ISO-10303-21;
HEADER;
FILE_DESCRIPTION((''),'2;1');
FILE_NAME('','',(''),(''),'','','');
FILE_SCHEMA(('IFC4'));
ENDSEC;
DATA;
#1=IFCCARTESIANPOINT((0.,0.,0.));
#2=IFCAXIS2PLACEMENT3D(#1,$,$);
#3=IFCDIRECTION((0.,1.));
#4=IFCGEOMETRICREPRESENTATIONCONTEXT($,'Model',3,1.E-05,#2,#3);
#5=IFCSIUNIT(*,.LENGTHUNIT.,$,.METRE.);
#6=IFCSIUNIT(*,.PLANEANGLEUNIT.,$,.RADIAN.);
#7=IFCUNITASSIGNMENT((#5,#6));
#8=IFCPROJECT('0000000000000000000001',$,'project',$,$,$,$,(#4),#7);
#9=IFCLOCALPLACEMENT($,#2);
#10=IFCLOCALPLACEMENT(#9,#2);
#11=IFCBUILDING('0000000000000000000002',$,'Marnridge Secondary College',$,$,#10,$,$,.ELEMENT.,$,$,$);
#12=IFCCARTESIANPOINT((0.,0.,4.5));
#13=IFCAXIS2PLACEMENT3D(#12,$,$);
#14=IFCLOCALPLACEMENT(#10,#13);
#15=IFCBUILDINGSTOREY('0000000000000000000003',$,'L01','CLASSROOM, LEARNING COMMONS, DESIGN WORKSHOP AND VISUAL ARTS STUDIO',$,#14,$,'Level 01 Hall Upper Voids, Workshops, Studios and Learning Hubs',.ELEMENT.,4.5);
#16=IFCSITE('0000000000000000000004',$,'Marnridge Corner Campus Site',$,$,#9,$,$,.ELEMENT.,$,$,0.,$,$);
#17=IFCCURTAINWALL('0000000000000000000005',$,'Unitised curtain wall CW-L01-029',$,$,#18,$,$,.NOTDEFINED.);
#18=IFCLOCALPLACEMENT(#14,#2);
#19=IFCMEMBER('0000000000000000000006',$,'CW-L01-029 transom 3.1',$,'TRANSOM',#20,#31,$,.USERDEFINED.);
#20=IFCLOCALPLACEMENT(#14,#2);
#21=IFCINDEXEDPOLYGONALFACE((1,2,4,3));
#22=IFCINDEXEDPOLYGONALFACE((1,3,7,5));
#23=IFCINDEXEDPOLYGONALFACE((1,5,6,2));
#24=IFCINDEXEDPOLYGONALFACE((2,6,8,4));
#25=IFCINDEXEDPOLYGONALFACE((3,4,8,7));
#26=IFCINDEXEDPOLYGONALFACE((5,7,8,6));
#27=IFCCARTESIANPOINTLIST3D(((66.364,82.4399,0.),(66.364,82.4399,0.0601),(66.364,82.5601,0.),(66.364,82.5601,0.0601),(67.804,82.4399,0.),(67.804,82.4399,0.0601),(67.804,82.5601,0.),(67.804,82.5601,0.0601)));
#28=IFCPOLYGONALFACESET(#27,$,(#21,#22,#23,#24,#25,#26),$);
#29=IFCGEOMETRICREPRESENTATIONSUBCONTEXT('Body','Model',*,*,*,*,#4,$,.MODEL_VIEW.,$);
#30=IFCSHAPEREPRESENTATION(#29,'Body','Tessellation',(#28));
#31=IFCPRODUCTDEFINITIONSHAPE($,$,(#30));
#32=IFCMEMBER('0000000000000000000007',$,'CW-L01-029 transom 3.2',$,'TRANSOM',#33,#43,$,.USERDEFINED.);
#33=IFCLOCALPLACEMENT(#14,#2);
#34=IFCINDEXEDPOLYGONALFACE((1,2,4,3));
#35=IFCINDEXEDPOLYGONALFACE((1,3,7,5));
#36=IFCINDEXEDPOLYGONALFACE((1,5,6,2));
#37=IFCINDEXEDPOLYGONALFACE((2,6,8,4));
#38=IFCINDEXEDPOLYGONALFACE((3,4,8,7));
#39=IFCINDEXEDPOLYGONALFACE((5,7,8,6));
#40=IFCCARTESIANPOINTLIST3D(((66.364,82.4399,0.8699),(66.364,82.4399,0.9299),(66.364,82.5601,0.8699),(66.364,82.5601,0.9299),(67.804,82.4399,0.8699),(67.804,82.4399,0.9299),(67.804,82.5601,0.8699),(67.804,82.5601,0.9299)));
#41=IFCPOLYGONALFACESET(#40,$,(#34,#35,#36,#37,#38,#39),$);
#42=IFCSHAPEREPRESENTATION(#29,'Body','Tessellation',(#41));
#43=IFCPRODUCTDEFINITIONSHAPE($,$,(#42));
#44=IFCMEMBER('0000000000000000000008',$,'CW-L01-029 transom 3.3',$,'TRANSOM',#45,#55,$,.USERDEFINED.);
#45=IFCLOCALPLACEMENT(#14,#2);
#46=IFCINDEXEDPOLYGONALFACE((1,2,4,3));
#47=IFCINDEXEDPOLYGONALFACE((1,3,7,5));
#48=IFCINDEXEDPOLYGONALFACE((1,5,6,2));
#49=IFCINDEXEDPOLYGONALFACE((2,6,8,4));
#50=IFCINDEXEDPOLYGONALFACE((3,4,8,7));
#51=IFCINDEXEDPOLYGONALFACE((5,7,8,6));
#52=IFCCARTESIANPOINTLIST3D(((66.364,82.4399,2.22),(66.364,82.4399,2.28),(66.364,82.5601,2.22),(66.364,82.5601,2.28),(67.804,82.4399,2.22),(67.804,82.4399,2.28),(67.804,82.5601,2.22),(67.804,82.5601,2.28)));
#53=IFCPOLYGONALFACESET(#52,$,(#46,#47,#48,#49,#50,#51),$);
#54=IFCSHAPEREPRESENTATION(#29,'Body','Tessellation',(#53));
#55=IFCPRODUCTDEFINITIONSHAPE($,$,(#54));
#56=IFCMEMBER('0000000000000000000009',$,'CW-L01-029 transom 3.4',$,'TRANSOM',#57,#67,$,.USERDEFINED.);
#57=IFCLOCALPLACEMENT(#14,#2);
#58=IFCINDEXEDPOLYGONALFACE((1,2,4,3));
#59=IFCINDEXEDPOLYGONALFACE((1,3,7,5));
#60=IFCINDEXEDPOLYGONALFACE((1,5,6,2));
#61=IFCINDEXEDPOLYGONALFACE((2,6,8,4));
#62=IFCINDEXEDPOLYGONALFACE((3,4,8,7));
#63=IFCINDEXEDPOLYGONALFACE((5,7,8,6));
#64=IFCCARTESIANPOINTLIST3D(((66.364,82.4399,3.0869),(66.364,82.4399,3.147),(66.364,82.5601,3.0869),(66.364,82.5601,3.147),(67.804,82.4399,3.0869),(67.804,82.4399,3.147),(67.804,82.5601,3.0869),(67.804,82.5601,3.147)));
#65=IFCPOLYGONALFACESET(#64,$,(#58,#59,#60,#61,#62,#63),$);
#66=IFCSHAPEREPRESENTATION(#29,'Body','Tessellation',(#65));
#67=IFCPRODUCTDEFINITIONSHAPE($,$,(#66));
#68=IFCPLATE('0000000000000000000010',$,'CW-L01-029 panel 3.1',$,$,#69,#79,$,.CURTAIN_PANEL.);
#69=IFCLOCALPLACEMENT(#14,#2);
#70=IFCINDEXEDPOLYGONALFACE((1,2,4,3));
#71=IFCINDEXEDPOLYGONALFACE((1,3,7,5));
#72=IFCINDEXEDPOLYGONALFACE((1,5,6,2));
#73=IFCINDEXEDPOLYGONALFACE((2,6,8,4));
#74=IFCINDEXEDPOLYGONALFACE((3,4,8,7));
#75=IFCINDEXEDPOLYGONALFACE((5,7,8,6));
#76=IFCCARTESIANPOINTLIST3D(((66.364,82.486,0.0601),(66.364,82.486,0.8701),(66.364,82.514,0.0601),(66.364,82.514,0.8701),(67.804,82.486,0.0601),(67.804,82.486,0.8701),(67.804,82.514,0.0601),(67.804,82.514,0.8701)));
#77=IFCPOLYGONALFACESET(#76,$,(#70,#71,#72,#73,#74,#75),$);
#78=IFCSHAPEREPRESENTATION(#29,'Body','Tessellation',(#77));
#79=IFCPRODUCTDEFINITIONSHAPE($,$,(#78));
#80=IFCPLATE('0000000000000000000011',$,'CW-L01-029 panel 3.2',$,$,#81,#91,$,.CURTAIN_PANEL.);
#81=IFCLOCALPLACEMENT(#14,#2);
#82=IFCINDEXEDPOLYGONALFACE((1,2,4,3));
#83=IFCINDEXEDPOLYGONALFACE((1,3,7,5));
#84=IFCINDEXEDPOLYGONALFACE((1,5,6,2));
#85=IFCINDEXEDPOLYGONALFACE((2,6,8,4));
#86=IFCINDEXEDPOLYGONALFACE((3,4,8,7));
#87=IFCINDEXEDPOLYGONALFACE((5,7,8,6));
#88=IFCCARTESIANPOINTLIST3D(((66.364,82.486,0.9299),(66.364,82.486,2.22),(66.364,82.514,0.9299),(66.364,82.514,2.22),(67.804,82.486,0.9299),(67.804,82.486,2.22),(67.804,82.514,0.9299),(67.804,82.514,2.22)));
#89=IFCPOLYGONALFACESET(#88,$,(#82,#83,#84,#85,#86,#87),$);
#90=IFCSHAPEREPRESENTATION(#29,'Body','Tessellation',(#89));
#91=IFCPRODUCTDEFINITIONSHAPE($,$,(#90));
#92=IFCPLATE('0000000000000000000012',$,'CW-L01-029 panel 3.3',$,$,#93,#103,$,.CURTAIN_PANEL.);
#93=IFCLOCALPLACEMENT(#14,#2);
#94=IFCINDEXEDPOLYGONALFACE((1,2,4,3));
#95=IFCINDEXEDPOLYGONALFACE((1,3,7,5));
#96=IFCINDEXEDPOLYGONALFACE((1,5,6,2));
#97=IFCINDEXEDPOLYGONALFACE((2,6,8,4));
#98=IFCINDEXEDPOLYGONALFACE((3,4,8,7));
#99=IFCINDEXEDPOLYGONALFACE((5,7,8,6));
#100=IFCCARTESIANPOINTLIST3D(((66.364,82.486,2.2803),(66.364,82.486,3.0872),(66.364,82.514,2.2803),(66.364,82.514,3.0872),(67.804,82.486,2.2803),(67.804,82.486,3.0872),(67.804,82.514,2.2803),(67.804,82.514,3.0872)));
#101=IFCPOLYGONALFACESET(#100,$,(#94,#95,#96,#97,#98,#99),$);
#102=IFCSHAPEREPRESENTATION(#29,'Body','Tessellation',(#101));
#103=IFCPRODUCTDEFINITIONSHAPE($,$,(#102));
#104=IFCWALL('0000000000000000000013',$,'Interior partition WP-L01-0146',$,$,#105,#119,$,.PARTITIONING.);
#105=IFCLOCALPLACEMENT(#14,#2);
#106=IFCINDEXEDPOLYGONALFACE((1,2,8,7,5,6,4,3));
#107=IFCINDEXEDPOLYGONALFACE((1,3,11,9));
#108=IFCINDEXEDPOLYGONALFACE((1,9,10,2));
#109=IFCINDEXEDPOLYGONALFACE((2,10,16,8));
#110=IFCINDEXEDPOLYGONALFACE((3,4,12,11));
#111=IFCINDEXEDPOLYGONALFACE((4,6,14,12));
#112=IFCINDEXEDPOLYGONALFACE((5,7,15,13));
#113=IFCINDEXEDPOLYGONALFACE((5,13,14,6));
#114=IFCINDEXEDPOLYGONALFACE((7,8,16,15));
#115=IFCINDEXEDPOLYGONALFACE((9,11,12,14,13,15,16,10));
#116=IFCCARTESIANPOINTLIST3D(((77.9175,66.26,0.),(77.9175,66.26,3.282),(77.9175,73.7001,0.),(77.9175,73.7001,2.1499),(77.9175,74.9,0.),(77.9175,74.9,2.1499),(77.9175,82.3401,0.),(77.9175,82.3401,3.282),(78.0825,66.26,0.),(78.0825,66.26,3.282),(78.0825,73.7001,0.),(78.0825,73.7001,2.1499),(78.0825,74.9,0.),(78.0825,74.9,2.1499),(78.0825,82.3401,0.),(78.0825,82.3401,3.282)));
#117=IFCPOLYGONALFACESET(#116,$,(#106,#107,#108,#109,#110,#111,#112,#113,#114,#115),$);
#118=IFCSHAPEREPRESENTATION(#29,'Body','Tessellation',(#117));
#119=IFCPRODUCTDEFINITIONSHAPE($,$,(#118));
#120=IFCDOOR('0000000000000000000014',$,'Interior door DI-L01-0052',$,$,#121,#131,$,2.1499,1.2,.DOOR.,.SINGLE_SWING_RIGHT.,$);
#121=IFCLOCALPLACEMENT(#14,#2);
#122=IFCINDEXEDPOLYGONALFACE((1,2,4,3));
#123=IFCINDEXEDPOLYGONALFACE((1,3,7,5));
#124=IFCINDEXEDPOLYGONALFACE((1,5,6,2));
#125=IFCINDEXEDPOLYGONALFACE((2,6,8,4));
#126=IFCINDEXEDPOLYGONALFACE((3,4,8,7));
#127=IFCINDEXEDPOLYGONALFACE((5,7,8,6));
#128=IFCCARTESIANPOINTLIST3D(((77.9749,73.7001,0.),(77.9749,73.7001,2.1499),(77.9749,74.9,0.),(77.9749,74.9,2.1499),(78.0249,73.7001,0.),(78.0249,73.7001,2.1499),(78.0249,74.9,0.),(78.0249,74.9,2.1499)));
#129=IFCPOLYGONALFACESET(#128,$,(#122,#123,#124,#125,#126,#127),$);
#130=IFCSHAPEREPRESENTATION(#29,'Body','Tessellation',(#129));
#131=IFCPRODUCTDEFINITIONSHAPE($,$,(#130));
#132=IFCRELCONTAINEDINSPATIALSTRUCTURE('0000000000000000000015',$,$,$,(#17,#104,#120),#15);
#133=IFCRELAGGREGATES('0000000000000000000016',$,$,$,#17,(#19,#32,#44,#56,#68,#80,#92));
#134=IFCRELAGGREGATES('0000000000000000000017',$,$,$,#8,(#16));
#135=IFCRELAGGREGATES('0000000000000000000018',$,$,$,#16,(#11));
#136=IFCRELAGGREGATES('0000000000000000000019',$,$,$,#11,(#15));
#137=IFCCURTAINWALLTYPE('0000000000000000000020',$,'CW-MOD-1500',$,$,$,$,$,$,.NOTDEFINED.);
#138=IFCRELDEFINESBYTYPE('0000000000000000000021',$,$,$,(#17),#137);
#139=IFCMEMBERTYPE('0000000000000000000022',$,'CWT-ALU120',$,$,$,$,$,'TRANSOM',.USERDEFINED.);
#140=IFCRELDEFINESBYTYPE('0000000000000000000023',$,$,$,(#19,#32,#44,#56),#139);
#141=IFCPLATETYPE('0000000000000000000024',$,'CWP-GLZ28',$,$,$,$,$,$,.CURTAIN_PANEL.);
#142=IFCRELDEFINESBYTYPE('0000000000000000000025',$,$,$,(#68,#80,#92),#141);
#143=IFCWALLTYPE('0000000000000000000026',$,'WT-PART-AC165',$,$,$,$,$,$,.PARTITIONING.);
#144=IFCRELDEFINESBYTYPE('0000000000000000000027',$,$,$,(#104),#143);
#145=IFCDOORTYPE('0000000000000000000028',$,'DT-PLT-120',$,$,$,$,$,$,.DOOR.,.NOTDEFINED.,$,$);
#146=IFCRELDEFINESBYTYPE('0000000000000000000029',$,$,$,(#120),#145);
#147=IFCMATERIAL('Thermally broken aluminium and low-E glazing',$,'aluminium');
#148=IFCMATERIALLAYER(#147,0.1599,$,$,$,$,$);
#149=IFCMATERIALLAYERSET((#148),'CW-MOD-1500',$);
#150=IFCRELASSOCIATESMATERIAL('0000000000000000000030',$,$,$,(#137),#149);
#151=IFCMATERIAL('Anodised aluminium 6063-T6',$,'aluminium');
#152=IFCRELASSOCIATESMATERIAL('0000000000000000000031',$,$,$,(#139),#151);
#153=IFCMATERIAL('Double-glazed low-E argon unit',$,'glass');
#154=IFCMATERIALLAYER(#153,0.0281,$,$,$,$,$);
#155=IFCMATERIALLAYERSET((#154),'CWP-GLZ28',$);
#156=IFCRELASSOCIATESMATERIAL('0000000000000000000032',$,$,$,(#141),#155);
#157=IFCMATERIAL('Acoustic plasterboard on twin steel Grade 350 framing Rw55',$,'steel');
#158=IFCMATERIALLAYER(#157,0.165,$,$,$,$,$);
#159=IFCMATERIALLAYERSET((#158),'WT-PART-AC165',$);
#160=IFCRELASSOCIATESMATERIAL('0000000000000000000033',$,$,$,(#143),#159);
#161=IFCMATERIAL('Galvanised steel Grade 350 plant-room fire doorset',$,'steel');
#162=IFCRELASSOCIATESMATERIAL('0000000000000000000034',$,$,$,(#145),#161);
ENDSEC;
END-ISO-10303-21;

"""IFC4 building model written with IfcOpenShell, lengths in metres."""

from ifc_helpers import new_model, si_unit, direction, frame, frame_2d, origin, origin_2d, place, context, subcontext, project, spatial, rectangle, extrude, material, layer, layer_set, material_profile, profile_set, type_object, element, fill, aggregate, save


model = new_model("IFC4")

# Units and contexts
model_context = context("Model", 3, precision=1e-05, world=origin(), true_north=direction((0.0, 1.0)))
body_context = subcontext(model_context, "Body", "Model", "MODEL_VIEW")
ifc_project = project(units=[si_unit("LENGTHUNIT", "METRE"), si_unit("PLANEANGLEUNIT", "RADIAN")], contexts=[model_context])

# Site, building, storey
site_placement = place(None, origin())
site = spatial("IfcSite", under=ifc_project, at=site_placement, Name="Marnridge Corner Campus Site", CompositionType="ELEMENT", RefElevation=0.0)
building_placement = place(site_placement, origin())
building = spatial("IfcBuilding", under=site, at=building_placement, Name="Marnridge Secondary College", CompositionType="ELEMENT")
storey_placement = place(building_placement, frame((0.0, 0.0, 4.5)))
storey = spatial("IfcBuildingStorey", under=building, at=storey_placement, Name="L01", Description="CLASSROOM, LEARNING COMMONS, DESIGN WORKSHOP AND VISUAL ARTS STUDIO", LongName="Level 01 Hall Upper Voids, Workshops, Studios and Learning Hubs", CompositionType="ELEMENT", Elevation=4.5)

# Curtain wall, members, plates
ifc_material_1 = material(Name="Thermally broken aluminium and low-E glazing", Category="aluminium")
ifc_layer_1 = layer(ifc_material_1, 0.1599)
ifc_layer_set_1 = layer_set([ifc_layer_1], Name="CW-MOD-1500")
curtain_wall_type = type_object("IfcCurtainWallType", Name="CW-MOD-1500", PredefinedType="NOTDEFINED", material=ifc_layer_set_1)
curtain_wall_placement = place(storey_placement, origin())
curtain_wall = element("IfcCurtainWall", 1, at=curtain_wall_placement, inside=storey, type_object=curtain_wall_type, Name="Unitised curtain wall CW-L01-029", PredefinedType="NOTDEFINED")
ifc_material_2 = material(Name="Anodised aluminium 6063-T6", Category="aluminium")
ifc_material_profile_1 = material_profile(ifc_material_2, rectangle(XDim=0.0601, YDim=0.1201, at=origin_2d()), Name="ALU 60x120")
ifc_profile_set_1 = profile_set([ifc_material_profile_1], Name="Anodised aluminium 6063-T6")
member_type_1 = type_object("IfcMemberType", Name="CWT-ALU120", ElementType="TRANSOM", PredefinedType="USERDEFINED", material=ifc_profile_set_1)
member_1_placement = place(storey_placement, frame((66.364, 82.5, 0.03), z_axis=(1.0, 0.0, 0.0), x_axis=(0.0, 0.0, 1.0)))
member_1 = element("IfcMember", 2, at=member_1_placement, type_object=member_type_1, Name="CW-L01-029 transom 3.1", ObjectType="TRANSOM", PredefinedType="USERDEFINED", context=body_context, shape_type="SweptSolid", body=[
    extrude(rectangle(XDim=0.0601, YDim=0.1201, at=origin_2d()), origin(), (0.0, 0.0, 1.0), 1.4399),
])
member_2_placement = place(storey_placement, frame((66.364, 82.5, 0.8999), z_axis=(1.0, 0.0, 0.0), x_axis=(0.0, 0.0, 1.0)))
member_2 = element("IfcMember", 3, at=member_2_placement, type_object=member_type_1, Name="CW-L01-029 transom 3.2", ObjectType="TRANSOM", PredefinedType="USERDEFINED", context=body_context, shape_type="SweptSolid", body=[
    extrude(rectangle(XDim=0.0601, YDim=0.1201, at=origin_2d()), origin(), (0.0, 0.0, 1.0), 1.4399),
])
member_3_placement = place(storey_placement, frame((66.364, 82.5, 2.25), z_axis=(1.0, 0.0, 0.0), x_axis=(0.0, 0.0, 1.0)))
member_3 = element("IfcMember", 4, at=member_3_placement, type_object=member_type_1, Name="CW-L01-029 transom 3.3", ObjectType="TRANSOM", PredefinedType="USERDEFINED", context=body_context, shape_type="SweptSolid", body=[
    extrude(rectangle(XDim=0.0601, YDim=0.1201, at=origin_2d()), origin(), (0.0, 0.0, 1.0), 1.4399),
])
member_4_placement = place(storey_placement, frame((66.364, 82.5, 3.1169), z_axis=(1.0, 0.0, 0.0), x_axis=(0.0, 0.0, 1.0)))
member_4 = element("IfcMember", 5, at=member_4_placement, type_object=member_type_1, Name="CW-L01-029 transom 3.4", ObjectType="TRANSOM", PredefinedType="USERDEFINED", context=body_context, shape_type="SweptSolid", body=[
    extrude(rectangle(XDim=0.0601, YDim=0.1201, at=origin_2d()), origin(), (0.0, 0.0, 1.0), 1.4399),
])
ifc_material_3 = material(Name="Double-glazed low-E argon unit", Category="glass")
ifc_layer_2 = layer(ifc_material_3, 0.0281)
ifc_layer_set_2 = layer_set([ifc_layer_2], Name="CWP-GLZ28")
plate_type = type_object("IfcPlateType", Name="CWP-GLZ28", PredefinedType="CURTAIN_PANEL", material=ifc_layer_set_2)
plate_1_placement = place(storey_placement, frame((67.084, 82.5, 0.0601), z_axis=(0.0, 0.0, 1.0), x_axis=(1.0, 0.0, 0.0)))
plate_1 = element("IfcPlate", 6, at=plate_1_placement, type_object=plate_type, Name="CW-L01-029 panel 3.1", PredefinedType="CURTAIN_PANEL", context=body_context, shape_type="SweptSolid", body=[
    extrude(rectangle(XDim=1.4399, YDim=0.0281, at=origin_2d()), origin(), (0.0, 0.0, 1.0), 0.8101),
])
plate_2_placement = place(storey_placement, frame((67.084, 82.5, 0.9299), z_axis=(0.0, 0.0, 1.0), x_axis=(1.0, 0.0, 0.0)))
plate_2 = element("IfcPlate", 7, at=plate_2_placement, type_object=plate_type, Name="CW-L01-029 panel 3.2", PredefinedType="CURTAIN_PANEL", context=body_context, shape_type="SweptSolid", body=[
    extrude(rectangle(XDim=1.4399, YDim=0.0281, at=origin_2d()), origin(), (0.0, 0.0, 1.0), 1.29),
])
plate_3_placement = place(storey_placement, frame((67.084, 82.5, 2.2803), z_axis=(0.0, 0.0, 1.0), x_axis=(1.0, 0.0, 0.0)))
plate_3 = element("IfcPlate", 8, at=plate_3_placement, type_object=plate_type, Name="CW-L01-029 panel 3.3", PredefinedType="CURTAIN_PANEL", context=body_context, shape_type="SweptSolid", body=[
    extrude(rectangle(XDim=1.4399, YDim=0.0281, at=origin_2d()), origin(), (0.0, 0.0, 1.0), 0.8069),
])
aggregate(curtain_wall, [member_1, member_2, member_3, member_4, plate_1, plate_2, plate_3])

# Wall, opening, door
ifc_material_4 = material(Name="Acoustic plasterboard on twin steel Grade 350 framing Rw55", Category="steel")
ifc_layer_3 = layer(ifc_material_4, 0.165)
ifc_layer_set_3 = layer_set([ifc_layer_3], Name="WT-PART-AC165")
wall_type = type_object("IfcWallType", Name="WT-PART-AC165", PredefinedType="PARTITIONING", material=ifc_layer_set_3)
wall_placement = place(storey_placement, frame((78.0, 82.3401, 0.0), z_axis=(0.0, 0.0, 1.0), x_axis=(0.0, -1.0, 0.0)))
wall = element("IfcWall", 9, at=wall_placement, inside=storey, type_object=wall_type, Name="Interior partition WP-L01-0146", PredefinedType="PARTITIONING", context=body_context, shape_type="SweptSolid", body=[
    extrude(rectangle(XDim=16.0801, YDim=0.165, at=frame_2d((8.04, 0.0))), origin(), (0.0, 0.0, 1.0), 3.282),
])
opening_placement = place(wall_placement, frame((7.4399, 0.0, 0.0)))
opening = element("IfcOpeningElement", 10, at=opening_placement, cuts=wall, PredefinedType="OPENING", context=body_context, shape_type="SweptSolid", body=[
    extrude(rectangle(XDim=1.2, YDim=2.1499, at=frame_2d((0.6001, 1.075))), frame((0.0, 0.0925, 0.0), z_axis=(0.0, -1.0, 0.0), x_axis=(1.0, 0.0, 0.0)), (0.0, 0.0, 1.0), 0.1851),
])
ifc_material_5 = material(Name="Galvanised steel Grade 350 plant-room fire doorset", Category="steel")
door_type = type_object("IfcDoorType", Name="DT-PLT-120", OperationType="NOTDEFINED", PredefinedType="DOOR", material=ifc_material_5)
door_placement = place(opening_placement, origin())
door = element("IfcDoor", 11, at=door_placement, inside=storey, type_object=door_type, Name="Interior door DI-L01-0052", OperationType="SINGLE_SWING_RIGHT", OverallHeight=2.1499, OverallWidth=1.2, PredefinedType="DOOR", context=body_context, shape_type="SweptSolid", body=[
    extrude(rectangle(XDim=1.2, YDim=2.1499, at=frame_2d((0.6001, 1.075))), frame((0.0, 0.0249, 0.0), z_axis=(0.0, -1.0, 0.0), x_axis=(1.0, 0.0, 0.0)), (0.0, 0.0, 1.0), 0.05),
])
fill(opening, door)

save(model, "model.ifc")
